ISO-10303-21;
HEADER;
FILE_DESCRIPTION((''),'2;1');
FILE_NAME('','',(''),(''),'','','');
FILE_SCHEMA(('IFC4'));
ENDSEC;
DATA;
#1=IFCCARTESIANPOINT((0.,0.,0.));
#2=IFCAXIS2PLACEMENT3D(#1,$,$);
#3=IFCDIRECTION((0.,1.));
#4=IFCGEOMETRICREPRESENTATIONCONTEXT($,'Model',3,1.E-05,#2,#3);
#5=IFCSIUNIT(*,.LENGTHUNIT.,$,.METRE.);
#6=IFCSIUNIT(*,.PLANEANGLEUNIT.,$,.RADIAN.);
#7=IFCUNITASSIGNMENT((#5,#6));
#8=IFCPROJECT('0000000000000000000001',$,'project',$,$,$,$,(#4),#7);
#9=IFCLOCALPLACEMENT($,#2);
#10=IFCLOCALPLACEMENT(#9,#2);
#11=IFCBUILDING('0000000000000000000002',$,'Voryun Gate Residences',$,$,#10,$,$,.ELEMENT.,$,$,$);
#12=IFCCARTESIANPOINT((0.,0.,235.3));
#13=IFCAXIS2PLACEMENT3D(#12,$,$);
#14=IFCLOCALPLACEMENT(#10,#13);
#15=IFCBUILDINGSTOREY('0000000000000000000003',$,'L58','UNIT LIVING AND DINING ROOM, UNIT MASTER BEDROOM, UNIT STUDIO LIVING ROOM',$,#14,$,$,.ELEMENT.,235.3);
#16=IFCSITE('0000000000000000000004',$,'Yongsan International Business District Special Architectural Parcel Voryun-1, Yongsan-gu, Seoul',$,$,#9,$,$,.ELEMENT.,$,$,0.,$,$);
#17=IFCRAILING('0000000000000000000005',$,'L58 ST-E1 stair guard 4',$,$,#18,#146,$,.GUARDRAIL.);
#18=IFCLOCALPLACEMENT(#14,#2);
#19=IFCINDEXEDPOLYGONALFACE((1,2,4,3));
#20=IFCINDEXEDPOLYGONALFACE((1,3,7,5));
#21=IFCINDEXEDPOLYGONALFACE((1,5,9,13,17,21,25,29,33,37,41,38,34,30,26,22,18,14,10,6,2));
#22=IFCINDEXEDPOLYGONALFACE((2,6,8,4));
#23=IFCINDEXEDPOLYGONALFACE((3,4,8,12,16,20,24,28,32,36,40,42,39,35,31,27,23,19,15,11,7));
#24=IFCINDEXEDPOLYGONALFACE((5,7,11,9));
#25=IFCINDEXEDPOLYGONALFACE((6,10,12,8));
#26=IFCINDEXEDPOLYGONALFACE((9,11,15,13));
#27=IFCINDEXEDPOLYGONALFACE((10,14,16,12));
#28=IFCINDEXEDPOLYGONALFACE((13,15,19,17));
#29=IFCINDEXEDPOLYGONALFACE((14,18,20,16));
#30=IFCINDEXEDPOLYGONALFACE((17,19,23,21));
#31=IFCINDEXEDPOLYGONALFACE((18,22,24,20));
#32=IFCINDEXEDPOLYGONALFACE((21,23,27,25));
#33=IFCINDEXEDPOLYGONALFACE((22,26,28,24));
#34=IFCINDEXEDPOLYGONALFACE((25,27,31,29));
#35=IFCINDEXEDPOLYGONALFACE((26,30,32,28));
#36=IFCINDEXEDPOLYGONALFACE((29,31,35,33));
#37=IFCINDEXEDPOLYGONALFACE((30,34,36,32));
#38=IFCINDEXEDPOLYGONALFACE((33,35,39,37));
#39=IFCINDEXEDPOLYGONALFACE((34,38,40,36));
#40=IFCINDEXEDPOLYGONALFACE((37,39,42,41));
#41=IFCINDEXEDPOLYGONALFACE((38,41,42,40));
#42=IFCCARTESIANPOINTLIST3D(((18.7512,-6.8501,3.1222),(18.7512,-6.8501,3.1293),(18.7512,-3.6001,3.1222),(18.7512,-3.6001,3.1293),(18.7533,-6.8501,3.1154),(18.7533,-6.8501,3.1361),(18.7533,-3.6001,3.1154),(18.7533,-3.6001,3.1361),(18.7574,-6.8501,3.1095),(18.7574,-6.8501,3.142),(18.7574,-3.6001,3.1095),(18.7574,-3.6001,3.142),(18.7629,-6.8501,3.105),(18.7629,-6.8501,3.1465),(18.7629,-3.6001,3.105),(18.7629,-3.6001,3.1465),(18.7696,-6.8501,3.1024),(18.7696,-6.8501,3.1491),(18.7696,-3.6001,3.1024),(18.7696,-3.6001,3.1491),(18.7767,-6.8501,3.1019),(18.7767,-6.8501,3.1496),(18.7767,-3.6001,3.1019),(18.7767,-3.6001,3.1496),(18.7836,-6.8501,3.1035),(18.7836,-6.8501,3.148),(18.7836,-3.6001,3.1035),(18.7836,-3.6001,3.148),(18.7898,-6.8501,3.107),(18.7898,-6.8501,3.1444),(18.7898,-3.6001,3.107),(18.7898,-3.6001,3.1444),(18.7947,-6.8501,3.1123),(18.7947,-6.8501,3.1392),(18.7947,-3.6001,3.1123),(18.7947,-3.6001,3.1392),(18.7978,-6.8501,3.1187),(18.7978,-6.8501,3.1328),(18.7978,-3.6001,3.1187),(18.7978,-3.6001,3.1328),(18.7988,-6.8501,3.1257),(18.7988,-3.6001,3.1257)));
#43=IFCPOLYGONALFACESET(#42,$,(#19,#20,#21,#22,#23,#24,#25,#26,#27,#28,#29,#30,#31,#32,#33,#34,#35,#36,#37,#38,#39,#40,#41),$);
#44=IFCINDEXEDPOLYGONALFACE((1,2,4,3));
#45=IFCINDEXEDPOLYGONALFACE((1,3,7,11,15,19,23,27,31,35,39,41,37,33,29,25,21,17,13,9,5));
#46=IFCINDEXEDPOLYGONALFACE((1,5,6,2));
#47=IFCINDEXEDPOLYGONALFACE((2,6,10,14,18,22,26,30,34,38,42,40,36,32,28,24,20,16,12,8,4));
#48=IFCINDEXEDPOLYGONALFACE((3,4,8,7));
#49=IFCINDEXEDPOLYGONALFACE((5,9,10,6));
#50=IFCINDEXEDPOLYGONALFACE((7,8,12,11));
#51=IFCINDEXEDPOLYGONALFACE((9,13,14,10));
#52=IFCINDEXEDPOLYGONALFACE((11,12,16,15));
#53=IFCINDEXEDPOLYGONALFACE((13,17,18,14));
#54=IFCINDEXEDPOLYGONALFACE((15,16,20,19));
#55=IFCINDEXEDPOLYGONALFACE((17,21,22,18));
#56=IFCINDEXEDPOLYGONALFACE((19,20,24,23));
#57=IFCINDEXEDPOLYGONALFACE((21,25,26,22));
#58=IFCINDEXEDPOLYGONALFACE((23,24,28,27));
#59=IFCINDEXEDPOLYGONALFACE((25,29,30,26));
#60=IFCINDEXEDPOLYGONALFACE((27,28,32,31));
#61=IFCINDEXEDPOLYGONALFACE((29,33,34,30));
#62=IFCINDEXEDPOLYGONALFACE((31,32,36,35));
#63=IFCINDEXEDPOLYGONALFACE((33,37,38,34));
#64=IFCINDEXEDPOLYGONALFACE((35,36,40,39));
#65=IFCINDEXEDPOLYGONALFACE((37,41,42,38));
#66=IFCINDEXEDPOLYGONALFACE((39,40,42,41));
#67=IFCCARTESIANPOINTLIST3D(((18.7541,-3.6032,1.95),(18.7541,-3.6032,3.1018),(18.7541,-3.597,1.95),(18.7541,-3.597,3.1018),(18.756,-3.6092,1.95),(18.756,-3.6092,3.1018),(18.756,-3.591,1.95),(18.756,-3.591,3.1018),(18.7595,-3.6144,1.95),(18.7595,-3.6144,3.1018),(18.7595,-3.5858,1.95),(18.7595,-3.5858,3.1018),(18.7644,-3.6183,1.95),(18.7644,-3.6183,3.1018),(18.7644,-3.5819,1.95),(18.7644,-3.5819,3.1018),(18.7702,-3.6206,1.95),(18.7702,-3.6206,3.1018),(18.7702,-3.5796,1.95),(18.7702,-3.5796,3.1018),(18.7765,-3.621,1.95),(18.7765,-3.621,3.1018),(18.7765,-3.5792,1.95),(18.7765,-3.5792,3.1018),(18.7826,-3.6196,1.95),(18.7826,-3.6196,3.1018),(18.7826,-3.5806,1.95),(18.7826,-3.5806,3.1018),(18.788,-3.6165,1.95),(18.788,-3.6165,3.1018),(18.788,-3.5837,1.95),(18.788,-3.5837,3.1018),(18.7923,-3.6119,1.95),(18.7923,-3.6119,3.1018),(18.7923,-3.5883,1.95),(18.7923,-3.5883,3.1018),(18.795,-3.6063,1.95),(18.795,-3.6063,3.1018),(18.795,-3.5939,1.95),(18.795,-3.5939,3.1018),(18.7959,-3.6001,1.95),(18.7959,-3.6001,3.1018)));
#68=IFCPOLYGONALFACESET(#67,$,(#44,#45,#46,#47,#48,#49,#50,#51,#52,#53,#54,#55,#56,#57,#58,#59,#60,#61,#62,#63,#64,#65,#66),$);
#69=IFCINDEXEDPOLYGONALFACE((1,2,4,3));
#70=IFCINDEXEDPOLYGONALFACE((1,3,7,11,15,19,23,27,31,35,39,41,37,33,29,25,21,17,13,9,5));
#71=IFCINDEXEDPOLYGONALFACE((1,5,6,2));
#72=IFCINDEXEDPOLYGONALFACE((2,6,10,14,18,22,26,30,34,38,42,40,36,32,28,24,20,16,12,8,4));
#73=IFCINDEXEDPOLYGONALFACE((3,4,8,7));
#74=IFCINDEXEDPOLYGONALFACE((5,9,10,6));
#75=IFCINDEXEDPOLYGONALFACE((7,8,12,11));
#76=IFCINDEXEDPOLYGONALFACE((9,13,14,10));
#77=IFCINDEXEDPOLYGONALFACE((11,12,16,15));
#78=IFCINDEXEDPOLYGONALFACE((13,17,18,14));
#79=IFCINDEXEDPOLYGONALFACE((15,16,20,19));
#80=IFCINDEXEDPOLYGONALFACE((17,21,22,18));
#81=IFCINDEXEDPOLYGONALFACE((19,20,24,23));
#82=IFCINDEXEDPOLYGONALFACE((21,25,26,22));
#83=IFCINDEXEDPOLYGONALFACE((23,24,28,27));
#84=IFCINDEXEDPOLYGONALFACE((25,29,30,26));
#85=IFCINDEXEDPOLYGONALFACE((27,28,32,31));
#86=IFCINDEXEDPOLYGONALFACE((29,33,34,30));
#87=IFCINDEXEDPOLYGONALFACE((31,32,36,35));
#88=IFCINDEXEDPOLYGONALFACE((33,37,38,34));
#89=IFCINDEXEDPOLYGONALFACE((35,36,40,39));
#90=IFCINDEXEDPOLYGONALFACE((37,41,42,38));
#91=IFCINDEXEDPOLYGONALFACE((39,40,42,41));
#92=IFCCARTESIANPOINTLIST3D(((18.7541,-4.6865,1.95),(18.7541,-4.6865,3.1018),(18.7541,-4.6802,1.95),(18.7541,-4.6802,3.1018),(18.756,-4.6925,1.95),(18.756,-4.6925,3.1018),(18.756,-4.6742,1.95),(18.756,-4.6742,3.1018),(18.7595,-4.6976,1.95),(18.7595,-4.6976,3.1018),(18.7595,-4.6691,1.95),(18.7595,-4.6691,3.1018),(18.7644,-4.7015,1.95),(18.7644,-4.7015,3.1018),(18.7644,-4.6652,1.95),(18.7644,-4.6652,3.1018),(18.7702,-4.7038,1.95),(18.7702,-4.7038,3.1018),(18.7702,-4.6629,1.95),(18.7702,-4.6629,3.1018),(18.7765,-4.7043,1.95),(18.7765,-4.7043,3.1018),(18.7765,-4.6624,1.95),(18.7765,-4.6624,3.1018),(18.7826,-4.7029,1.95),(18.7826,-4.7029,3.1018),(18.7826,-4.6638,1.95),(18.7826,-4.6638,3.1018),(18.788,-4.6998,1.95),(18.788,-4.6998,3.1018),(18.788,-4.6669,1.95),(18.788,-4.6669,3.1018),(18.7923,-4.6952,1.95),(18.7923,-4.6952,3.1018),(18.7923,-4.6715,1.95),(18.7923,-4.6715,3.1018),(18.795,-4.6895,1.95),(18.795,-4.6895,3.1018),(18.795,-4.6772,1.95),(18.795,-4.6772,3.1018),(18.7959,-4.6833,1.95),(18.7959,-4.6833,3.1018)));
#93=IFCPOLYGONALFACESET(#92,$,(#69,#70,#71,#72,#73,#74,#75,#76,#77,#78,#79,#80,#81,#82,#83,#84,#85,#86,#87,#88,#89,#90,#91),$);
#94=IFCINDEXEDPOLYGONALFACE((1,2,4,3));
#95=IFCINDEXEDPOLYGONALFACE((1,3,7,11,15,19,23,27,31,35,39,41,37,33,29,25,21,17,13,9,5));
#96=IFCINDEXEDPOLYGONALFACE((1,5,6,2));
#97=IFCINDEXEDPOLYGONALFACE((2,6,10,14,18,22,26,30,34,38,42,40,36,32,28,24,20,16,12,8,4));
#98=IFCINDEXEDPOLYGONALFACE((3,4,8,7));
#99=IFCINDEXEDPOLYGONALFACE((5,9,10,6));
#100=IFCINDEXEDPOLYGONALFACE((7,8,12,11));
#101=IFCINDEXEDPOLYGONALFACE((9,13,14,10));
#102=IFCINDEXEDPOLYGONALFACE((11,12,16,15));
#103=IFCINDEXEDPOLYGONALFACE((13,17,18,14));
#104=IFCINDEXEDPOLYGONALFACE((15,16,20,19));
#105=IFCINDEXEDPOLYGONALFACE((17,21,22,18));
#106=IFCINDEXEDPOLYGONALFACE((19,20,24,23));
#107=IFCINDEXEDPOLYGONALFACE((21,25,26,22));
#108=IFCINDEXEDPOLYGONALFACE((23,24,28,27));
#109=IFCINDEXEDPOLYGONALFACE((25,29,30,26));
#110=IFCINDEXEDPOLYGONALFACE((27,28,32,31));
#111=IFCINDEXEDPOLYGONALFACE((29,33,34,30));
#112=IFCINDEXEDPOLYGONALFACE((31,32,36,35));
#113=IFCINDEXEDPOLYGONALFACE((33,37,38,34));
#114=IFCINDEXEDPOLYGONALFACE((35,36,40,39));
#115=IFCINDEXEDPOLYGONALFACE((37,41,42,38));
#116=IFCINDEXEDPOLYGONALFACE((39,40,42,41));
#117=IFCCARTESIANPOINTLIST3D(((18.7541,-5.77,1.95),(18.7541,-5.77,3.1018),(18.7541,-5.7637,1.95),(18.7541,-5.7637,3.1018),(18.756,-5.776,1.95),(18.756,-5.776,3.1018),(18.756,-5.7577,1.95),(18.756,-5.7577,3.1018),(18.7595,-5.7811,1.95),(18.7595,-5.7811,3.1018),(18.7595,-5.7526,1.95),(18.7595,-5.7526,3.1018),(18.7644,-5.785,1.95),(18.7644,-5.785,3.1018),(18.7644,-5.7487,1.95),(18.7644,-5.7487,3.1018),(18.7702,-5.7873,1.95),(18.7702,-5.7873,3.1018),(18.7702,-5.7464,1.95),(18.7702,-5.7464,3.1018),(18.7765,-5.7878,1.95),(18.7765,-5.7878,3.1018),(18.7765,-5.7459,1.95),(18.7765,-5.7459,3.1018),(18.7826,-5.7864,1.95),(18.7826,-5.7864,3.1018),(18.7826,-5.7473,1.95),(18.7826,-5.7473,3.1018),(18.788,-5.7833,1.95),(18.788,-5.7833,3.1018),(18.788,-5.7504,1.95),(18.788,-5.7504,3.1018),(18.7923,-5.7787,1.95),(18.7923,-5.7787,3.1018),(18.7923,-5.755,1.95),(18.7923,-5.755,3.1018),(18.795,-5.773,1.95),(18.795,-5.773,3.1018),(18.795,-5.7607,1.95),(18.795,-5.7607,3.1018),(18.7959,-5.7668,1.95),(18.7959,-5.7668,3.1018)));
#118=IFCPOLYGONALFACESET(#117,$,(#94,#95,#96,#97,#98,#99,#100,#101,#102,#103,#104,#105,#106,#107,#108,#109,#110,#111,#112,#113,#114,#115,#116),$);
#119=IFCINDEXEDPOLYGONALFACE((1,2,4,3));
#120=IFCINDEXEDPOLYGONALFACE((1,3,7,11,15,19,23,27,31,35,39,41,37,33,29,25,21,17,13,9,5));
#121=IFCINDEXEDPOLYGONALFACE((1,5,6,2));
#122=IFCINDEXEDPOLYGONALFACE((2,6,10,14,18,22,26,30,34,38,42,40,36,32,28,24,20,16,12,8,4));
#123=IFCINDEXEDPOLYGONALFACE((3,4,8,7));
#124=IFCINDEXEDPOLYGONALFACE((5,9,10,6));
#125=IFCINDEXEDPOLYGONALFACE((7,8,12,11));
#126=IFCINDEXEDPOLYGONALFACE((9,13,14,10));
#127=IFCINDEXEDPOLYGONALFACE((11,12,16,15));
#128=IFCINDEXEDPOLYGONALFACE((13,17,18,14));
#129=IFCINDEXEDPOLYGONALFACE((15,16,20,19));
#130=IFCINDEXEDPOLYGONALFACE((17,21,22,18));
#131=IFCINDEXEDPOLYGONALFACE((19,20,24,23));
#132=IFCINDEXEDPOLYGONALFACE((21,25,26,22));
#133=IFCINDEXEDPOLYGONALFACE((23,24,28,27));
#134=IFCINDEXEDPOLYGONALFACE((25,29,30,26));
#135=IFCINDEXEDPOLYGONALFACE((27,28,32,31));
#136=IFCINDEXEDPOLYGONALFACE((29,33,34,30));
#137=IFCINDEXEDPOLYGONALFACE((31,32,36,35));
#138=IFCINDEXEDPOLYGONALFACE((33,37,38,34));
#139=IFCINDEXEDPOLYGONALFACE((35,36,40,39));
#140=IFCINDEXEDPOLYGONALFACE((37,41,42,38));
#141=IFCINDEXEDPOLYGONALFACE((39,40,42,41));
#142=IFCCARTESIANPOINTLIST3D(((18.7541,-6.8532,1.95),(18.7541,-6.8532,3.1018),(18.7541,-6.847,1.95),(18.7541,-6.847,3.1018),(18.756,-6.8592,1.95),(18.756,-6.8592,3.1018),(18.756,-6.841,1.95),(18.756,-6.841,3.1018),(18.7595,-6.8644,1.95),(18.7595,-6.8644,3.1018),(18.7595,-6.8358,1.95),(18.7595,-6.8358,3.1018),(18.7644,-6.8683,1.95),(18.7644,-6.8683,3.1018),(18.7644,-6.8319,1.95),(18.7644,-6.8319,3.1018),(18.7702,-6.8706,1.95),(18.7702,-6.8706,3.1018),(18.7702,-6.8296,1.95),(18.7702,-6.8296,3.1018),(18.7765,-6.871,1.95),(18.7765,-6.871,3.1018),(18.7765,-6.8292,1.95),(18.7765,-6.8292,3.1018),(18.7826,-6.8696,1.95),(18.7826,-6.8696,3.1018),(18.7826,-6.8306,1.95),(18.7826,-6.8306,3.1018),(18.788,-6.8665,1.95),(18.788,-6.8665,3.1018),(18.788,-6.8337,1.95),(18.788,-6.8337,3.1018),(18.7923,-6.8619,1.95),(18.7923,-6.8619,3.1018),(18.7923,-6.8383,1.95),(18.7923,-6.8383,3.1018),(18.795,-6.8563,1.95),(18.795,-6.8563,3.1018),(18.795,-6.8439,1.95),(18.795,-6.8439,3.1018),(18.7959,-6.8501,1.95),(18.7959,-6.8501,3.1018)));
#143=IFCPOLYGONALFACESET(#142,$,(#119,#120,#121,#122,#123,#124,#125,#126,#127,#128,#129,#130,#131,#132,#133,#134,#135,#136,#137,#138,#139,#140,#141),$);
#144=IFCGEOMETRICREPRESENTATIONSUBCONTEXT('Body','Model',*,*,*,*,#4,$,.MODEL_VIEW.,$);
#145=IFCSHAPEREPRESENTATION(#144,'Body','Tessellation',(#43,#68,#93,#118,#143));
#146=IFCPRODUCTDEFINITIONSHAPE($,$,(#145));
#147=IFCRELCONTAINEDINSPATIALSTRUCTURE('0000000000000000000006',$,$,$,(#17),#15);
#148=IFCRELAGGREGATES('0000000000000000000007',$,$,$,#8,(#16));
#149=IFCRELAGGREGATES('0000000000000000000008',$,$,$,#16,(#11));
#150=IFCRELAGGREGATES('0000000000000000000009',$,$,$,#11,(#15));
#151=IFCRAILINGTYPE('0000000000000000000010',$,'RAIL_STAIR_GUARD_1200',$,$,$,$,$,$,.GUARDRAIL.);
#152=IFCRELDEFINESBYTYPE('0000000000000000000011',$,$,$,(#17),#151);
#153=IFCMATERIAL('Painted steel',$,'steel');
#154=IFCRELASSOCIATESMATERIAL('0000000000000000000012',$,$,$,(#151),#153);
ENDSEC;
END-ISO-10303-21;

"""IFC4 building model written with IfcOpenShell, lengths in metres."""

from ifc_helpers import new_model, si_unit, direction, frame, origin, origin_2d, place, context, subcontext, project, spatial, circle, extrude, material, type_object, element, save


model = new_model("IFC4")

# Units and contexts
model_context = context("Model", 3, precision=1e-05, world=origin(), true_north=direction((0.0, 1.0)))
body_context = subcontext(model_context, "Body", "Model", "MODEL_VIEW")
ifc_project = project(units=[si_unit("LENGTHUNIT", "METRE"), si_unit("PLANEANGLEUNIT", "RADIAN")], contexts=[model_context])

# Site, building, storey
site_placement = place(None, origin())
site = spatial("IfcSite", under=ifc_project, at=site_placement, Name="Yongsan International Business District Special Architectural Parcel Voryun-1, Yongsan-gu, Seoul", CompositionType="ELEMENT", RefElevation=0.0)
building_placement = place(site_placement, origin())
building = spatial("IfcBuilding", under=site, at=building_placement, Name="Voryun Gate Residences", CompositionType="ELEMENT")
storey_placement = place(building_placement, frame((0.0, 0.0, 235.3)))
storey = spatial("IfcBuildingStorey", under=building, at=storey_placement, Name="L58", Description="UNIT LIVING AND DINING ROOM, UNIT MASTER BEDROOM, UNIT STUDIO LIVING ROOM", CompositionType="ELEMENT", Elevation=235.3)

# Railing
ifc_material_1 = material(Name="Painted steel", Category="steel")
railing_type_1 = type_object("IfcRailingType", Name="RAIL_STAIR_GUARD_1200", PredefinedType="GUARDRAIL", material=ifc_material_1)
railing_1_placement = place(storey_placement, frame((18.7749, -3.6001, 1.95)))
element("IfcRailing", 1, at=railing_1_placement, inside=storey, type_object=railing_type_1, Name="L58 ST-E1 stair guard 4", PredefinedType="GUARDRAIL", context=body_context, shape_type="SweptSolid", body=[
    extrude(circle(Radius=0.0239, at=origin_2d()), frame((0.0, 0.0, 1.1758), z_axis=(0.0, -1.0, 0.0), x_axis=(1.0, 0.0, 0.0)), (0.0, 0.0, 1.0), 3.25),
    extrude(circle(Radius=0.021, at=origin_2d()), origin(), (0.0, 0.0, 1.0), 1.1519),
    extrude(circle(Radius=0.021, at=origin_2d()), frame((0.0, -1.0833, 0.0)), (0.0, 0.0, 1.0), 1.1519),
    extrude(circle(Radius=0.021, at=origin_2d()), frame((0.0, -2.1667, 0.0)), (0.0, 0.0, 1.0), 1.1519),
    extrude(circle(Radius=0.021, at=origin_2d()), frame((0.0, -3.25, 0.0)), (0.0, 0.0, 1.0), 1.1519),
])

save(model, "model.ifc")
